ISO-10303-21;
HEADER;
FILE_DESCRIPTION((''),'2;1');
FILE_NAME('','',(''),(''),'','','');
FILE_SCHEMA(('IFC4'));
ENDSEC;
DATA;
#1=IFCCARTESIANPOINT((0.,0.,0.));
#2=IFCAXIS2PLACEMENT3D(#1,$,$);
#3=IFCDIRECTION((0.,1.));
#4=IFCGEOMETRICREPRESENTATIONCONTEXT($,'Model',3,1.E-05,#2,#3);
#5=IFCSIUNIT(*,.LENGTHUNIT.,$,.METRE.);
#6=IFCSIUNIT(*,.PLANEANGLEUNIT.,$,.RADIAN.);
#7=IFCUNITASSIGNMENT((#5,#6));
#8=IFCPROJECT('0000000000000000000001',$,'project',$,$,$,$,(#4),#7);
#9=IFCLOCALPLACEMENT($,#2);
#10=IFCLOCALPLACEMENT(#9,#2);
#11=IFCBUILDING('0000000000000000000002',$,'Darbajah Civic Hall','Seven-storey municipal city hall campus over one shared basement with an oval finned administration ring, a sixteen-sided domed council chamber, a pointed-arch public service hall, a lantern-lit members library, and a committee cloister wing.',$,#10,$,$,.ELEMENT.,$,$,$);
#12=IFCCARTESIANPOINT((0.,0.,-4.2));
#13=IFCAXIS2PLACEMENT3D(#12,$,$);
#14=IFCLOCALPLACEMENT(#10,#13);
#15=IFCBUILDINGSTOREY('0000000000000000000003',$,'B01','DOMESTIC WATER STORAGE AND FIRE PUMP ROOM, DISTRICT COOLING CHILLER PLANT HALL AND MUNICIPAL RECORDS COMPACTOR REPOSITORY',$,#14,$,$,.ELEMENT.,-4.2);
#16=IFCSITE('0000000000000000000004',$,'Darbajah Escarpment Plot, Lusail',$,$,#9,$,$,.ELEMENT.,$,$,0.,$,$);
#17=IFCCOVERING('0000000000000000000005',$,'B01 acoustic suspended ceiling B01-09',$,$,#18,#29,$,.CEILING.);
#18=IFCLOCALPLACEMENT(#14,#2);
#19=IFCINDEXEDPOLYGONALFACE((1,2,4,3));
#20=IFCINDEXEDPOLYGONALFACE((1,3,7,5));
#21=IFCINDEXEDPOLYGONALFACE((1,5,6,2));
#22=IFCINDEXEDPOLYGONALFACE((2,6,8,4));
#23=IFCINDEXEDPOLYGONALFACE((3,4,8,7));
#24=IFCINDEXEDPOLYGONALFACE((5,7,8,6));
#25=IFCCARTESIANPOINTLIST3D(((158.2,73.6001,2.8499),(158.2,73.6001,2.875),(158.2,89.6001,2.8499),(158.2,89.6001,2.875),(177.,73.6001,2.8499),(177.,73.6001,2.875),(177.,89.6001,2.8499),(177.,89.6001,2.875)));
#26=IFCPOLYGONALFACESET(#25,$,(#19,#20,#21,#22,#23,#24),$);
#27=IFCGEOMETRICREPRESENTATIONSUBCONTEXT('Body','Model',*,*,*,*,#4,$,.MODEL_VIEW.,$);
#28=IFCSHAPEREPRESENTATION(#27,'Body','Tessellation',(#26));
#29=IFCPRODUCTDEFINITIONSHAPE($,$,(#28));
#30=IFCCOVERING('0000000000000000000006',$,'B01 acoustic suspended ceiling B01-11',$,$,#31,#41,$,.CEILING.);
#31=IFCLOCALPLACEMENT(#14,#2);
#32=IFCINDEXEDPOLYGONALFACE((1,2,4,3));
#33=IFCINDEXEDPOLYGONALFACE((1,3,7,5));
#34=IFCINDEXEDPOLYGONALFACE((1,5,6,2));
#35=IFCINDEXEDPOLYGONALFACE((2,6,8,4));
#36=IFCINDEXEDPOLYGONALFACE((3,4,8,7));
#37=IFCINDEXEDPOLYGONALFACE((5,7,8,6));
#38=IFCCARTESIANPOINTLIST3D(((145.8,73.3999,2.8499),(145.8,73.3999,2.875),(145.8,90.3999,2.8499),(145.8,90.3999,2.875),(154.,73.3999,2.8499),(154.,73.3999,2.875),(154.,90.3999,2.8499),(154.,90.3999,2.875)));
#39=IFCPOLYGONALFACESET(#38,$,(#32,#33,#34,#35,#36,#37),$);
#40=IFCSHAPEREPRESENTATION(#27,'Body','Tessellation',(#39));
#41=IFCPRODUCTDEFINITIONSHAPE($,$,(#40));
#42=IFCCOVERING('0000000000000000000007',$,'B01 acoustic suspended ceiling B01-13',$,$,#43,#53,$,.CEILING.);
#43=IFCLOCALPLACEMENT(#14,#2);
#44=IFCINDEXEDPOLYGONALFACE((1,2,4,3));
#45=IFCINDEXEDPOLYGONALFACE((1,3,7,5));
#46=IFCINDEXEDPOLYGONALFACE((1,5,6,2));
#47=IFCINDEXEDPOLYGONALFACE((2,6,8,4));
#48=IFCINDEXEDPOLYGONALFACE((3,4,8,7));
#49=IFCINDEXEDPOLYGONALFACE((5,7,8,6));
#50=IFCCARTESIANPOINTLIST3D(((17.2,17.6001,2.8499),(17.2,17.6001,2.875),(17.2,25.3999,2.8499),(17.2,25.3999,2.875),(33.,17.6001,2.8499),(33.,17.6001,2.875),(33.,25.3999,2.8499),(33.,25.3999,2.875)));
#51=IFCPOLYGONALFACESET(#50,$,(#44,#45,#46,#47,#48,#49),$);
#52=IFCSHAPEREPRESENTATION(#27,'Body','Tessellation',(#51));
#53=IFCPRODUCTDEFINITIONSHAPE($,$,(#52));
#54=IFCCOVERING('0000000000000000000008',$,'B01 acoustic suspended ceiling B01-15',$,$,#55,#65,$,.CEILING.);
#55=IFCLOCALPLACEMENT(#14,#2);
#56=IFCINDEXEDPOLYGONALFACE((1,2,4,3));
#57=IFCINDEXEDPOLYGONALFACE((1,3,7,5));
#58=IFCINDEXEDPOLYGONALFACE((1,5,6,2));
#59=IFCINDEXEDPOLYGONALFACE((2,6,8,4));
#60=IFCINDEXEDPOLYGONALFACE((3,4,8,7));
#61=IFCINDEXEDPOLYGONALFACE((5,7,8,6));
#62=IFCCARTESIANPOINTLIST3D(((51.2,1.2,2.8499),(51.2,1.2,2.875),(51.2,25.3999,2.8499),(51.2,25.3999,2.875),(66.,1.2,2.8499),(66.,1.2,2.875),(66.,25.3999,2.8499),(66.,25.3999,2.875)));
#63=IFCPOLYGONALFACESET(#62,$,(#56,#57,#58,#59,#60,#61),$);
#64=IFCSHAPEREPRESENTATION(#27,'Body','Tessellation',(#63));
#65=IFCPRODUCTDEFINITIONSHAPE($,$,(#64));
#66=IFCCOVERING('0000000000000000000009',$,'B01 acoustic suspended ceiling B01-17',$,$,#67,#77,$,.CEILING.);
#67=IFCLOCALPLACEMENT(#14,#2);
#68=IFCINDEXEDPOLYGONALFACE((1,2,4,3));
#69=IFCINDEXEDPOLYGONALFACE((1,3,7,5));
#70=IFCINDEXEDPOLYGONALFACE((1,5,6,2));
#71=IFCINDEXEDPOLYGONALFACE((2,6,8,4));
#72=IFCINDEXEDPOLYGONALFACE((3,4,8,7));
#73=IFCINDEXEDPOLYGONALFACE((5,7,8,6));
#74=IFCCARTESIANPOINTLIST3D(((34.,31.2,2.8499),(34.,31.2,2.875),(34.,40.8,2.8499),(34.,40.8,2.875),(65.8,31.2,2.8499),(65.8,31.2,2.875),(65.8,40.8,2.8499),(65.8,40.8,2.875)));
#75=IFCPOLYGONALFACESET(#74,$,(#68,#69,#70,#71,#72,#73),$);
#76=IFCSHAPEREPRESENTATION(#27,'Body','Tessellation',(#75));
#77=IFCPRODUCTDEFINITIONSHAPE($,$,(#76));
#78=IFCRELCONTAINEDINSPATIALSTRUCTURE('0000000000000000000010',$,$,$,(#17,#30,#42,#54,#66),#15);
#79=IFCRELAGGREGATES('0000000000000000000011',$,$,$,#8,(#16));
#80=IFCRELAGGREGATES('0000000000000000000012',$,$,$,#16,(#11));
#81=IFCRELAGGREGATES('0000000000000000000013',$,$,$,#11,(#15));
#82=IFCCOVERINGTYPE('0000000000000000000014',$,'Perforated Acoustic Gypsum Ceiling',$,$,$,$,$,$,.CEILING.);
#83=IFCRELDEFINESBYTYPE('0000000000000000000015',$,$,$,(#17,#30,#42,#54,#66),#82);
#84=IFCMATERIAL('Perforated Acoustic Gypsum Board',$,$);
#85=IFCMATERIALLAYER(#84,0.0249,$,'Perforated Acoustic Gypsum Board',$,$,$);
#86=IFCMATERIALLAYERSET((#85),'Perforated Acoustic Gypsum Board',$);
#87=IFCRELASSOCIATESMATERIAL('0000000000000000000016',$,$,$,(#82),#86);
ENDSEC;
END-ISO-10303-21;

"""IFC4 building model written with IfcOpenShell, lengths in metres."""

from ifc_helpers import new_model, si_unit, direction, frame, origin, place, context, subcontext, project, spatial, polyline, outline, extrude, material, layer, layer_set, type_object, element, save


model = new_model("IFC4")

# Units and contexts
model_context = context("Model", 3, precision=1e-05, world=origin(), true_north=direction((0.0, 1.0)))
body_context = subcontext(model_context, "Body", "Model", "MODEL_VIEW")
ifc_project = project(units=[si_unit("LENGTHUNIT", "METRE"), si_unit("PLANEANGLEUNIT", "RADIAN")], contexts=[model_context])

# Site, building, storey
site_placement = place(None, origin())
site = spatial("IfcSite", under=ifc_project, at=site_placement, Name="Darbajah Escarpment Plot, Lusail", CompositionType="ELEMENT", RefElevation=0.0)
building_placement = place(site_placement, origin())
building = spatial("IfcBuilding", under=site, at=building_placement, Name="Darbajah Civic Hall", Description="Seven-storey municipal city hall campus over one shared basement with an oval finned administration ring, a sixteen-sided domed council chamber, a pointed-arch public service hall, a lantern-lit members library, and a committee cloister wing.", CompositionType="ELEMENT")
storey_placement = place(building_placement, frame((0.0, 0.0, -4.2)))
storey = spatial("IfcBuildingStorey", under=building, at=storey_placement, Name="B01", Description="DOMESTIC WATER STORAGE AND FIRE PUMP ROOM, DISTRICT COOLING CHILLER PLANT HALL AND MUNICIPAL RECORDS COMPACTOR REPOSITORY", CompositionType="ELEMENT", Elevation=-4.2)

# Coverings
ifc_material_1 = material(Name="Perforated Acoustic Gypsum Board")
ifc_layer_1 = layer(ifc_material_1, 0.0249, Name="Perforated Acoustic Gypsum Board")
ifc_layer_set_1 = layer_set([ifc_layer_1], Name="Perforated Acoustic Gypsum Board")
covering_type_1 = type_object("IfcCoveringType", Name="Perforated Acoustic Gypsum Ceiling", PredefinedType="CEILING", material=ifc_layer_set_1)
covering_1_placement = place(storey_placement, frame((0.0, 0.0, 2.8499)))
element("IfcCovering", 1, at=covering_1_placement, inside=storey, type_object=covering_type_1, Name="B01 acoustic suspended ceiling B01-09", PredefinedType="CEILING", context=body_context, shape_type="SweptSolid", body=[
    extrude(outline(polyline([(158.2, 73.6001), (177.0, 73.6001), (177.0, 89.6001), (158.2, 89.6001), (158.2, 73.6001)])), origin(), (0.0, 0.0, 1.0), 0.0251),
])
covering_2_placement = place(storey_placement, frame((0.0, 0.0, 2.8499)))
element("IfcCovering", 2, at=covering_2_placement, inside=storey, type_object=covering_type_1, Name="B01 acoustic suspended ceiling B01-11", PredefinedType="CEILING", context=body_context, shape_type="SweptSolid", body=[
    extrude(outline(polyline([(145.8, 73.3999), (154.0, 73.3999), (154.0, 90.3999), (145.8, 90.3999), (145.8, 73.3999)])), origin(), (0.0, 0.0, 1.0), 0.0251),
])
covering_3_placement = place(storey_placement, frame((0.0, 0.0, 2.8499)))
element("IfcCovering", 3, at=covering_3_placement, inside=storey, type_object=covering_type_1, Name="B01 acoustic suspended ceiling B01-13", PredefinedType="CEILING", context=body_context, shape_type="SweptSolid", body=[
    extrude(outline(polyline([(17.2, 17.6001), (33.0, 17.6001), (33.0, 25.3999), (17.2, 25.3999), (17.2, 17.6001)])), origin(), (0.0, 0.0, 1.0), 0.0251),
])
covering_4_placement = place(storey_placement, frame((0.0, 0.0, 2.8499)))
element("IfcCovering", 4, at=covering_4_placement, inside=storey, type_object=covering_type_1, Name="B01 acoustic suspended ceiling B01-15", PredefinedType="CEILING", context=body_context, shape_type="SweptSolid", body=[
    extrude(outline(polyline([(51.2, 1.2), (66.0, 1.2), (66.0, 25.3999), (51.2, 25.3999), (51.2, 1.2)])), origin(), (0.0, 0.0, 1.0), 0.0251),
])
covering_5_placement = place(storey_placement, frame((0.0, 0.0, 2.8499)))
element("IfcCovering", 5, at=covering_5_placement, inside=storey, type_object=covering_type_1, Name="B01 acoustic suspended ceiling B01-17", PredefinedType="CEILING", context=body_context, shape_type="SweptSolid", body=[
    extrude(outline(polyline([(34.0, 31.2), (65.8, 31.2), (65.8, 40.8), (34.0, 40.8), (34.0, 31.2)])), origin(), (0.0, 0.0, 1.0), 0.0251),
])

save(model, "model.ifc")
